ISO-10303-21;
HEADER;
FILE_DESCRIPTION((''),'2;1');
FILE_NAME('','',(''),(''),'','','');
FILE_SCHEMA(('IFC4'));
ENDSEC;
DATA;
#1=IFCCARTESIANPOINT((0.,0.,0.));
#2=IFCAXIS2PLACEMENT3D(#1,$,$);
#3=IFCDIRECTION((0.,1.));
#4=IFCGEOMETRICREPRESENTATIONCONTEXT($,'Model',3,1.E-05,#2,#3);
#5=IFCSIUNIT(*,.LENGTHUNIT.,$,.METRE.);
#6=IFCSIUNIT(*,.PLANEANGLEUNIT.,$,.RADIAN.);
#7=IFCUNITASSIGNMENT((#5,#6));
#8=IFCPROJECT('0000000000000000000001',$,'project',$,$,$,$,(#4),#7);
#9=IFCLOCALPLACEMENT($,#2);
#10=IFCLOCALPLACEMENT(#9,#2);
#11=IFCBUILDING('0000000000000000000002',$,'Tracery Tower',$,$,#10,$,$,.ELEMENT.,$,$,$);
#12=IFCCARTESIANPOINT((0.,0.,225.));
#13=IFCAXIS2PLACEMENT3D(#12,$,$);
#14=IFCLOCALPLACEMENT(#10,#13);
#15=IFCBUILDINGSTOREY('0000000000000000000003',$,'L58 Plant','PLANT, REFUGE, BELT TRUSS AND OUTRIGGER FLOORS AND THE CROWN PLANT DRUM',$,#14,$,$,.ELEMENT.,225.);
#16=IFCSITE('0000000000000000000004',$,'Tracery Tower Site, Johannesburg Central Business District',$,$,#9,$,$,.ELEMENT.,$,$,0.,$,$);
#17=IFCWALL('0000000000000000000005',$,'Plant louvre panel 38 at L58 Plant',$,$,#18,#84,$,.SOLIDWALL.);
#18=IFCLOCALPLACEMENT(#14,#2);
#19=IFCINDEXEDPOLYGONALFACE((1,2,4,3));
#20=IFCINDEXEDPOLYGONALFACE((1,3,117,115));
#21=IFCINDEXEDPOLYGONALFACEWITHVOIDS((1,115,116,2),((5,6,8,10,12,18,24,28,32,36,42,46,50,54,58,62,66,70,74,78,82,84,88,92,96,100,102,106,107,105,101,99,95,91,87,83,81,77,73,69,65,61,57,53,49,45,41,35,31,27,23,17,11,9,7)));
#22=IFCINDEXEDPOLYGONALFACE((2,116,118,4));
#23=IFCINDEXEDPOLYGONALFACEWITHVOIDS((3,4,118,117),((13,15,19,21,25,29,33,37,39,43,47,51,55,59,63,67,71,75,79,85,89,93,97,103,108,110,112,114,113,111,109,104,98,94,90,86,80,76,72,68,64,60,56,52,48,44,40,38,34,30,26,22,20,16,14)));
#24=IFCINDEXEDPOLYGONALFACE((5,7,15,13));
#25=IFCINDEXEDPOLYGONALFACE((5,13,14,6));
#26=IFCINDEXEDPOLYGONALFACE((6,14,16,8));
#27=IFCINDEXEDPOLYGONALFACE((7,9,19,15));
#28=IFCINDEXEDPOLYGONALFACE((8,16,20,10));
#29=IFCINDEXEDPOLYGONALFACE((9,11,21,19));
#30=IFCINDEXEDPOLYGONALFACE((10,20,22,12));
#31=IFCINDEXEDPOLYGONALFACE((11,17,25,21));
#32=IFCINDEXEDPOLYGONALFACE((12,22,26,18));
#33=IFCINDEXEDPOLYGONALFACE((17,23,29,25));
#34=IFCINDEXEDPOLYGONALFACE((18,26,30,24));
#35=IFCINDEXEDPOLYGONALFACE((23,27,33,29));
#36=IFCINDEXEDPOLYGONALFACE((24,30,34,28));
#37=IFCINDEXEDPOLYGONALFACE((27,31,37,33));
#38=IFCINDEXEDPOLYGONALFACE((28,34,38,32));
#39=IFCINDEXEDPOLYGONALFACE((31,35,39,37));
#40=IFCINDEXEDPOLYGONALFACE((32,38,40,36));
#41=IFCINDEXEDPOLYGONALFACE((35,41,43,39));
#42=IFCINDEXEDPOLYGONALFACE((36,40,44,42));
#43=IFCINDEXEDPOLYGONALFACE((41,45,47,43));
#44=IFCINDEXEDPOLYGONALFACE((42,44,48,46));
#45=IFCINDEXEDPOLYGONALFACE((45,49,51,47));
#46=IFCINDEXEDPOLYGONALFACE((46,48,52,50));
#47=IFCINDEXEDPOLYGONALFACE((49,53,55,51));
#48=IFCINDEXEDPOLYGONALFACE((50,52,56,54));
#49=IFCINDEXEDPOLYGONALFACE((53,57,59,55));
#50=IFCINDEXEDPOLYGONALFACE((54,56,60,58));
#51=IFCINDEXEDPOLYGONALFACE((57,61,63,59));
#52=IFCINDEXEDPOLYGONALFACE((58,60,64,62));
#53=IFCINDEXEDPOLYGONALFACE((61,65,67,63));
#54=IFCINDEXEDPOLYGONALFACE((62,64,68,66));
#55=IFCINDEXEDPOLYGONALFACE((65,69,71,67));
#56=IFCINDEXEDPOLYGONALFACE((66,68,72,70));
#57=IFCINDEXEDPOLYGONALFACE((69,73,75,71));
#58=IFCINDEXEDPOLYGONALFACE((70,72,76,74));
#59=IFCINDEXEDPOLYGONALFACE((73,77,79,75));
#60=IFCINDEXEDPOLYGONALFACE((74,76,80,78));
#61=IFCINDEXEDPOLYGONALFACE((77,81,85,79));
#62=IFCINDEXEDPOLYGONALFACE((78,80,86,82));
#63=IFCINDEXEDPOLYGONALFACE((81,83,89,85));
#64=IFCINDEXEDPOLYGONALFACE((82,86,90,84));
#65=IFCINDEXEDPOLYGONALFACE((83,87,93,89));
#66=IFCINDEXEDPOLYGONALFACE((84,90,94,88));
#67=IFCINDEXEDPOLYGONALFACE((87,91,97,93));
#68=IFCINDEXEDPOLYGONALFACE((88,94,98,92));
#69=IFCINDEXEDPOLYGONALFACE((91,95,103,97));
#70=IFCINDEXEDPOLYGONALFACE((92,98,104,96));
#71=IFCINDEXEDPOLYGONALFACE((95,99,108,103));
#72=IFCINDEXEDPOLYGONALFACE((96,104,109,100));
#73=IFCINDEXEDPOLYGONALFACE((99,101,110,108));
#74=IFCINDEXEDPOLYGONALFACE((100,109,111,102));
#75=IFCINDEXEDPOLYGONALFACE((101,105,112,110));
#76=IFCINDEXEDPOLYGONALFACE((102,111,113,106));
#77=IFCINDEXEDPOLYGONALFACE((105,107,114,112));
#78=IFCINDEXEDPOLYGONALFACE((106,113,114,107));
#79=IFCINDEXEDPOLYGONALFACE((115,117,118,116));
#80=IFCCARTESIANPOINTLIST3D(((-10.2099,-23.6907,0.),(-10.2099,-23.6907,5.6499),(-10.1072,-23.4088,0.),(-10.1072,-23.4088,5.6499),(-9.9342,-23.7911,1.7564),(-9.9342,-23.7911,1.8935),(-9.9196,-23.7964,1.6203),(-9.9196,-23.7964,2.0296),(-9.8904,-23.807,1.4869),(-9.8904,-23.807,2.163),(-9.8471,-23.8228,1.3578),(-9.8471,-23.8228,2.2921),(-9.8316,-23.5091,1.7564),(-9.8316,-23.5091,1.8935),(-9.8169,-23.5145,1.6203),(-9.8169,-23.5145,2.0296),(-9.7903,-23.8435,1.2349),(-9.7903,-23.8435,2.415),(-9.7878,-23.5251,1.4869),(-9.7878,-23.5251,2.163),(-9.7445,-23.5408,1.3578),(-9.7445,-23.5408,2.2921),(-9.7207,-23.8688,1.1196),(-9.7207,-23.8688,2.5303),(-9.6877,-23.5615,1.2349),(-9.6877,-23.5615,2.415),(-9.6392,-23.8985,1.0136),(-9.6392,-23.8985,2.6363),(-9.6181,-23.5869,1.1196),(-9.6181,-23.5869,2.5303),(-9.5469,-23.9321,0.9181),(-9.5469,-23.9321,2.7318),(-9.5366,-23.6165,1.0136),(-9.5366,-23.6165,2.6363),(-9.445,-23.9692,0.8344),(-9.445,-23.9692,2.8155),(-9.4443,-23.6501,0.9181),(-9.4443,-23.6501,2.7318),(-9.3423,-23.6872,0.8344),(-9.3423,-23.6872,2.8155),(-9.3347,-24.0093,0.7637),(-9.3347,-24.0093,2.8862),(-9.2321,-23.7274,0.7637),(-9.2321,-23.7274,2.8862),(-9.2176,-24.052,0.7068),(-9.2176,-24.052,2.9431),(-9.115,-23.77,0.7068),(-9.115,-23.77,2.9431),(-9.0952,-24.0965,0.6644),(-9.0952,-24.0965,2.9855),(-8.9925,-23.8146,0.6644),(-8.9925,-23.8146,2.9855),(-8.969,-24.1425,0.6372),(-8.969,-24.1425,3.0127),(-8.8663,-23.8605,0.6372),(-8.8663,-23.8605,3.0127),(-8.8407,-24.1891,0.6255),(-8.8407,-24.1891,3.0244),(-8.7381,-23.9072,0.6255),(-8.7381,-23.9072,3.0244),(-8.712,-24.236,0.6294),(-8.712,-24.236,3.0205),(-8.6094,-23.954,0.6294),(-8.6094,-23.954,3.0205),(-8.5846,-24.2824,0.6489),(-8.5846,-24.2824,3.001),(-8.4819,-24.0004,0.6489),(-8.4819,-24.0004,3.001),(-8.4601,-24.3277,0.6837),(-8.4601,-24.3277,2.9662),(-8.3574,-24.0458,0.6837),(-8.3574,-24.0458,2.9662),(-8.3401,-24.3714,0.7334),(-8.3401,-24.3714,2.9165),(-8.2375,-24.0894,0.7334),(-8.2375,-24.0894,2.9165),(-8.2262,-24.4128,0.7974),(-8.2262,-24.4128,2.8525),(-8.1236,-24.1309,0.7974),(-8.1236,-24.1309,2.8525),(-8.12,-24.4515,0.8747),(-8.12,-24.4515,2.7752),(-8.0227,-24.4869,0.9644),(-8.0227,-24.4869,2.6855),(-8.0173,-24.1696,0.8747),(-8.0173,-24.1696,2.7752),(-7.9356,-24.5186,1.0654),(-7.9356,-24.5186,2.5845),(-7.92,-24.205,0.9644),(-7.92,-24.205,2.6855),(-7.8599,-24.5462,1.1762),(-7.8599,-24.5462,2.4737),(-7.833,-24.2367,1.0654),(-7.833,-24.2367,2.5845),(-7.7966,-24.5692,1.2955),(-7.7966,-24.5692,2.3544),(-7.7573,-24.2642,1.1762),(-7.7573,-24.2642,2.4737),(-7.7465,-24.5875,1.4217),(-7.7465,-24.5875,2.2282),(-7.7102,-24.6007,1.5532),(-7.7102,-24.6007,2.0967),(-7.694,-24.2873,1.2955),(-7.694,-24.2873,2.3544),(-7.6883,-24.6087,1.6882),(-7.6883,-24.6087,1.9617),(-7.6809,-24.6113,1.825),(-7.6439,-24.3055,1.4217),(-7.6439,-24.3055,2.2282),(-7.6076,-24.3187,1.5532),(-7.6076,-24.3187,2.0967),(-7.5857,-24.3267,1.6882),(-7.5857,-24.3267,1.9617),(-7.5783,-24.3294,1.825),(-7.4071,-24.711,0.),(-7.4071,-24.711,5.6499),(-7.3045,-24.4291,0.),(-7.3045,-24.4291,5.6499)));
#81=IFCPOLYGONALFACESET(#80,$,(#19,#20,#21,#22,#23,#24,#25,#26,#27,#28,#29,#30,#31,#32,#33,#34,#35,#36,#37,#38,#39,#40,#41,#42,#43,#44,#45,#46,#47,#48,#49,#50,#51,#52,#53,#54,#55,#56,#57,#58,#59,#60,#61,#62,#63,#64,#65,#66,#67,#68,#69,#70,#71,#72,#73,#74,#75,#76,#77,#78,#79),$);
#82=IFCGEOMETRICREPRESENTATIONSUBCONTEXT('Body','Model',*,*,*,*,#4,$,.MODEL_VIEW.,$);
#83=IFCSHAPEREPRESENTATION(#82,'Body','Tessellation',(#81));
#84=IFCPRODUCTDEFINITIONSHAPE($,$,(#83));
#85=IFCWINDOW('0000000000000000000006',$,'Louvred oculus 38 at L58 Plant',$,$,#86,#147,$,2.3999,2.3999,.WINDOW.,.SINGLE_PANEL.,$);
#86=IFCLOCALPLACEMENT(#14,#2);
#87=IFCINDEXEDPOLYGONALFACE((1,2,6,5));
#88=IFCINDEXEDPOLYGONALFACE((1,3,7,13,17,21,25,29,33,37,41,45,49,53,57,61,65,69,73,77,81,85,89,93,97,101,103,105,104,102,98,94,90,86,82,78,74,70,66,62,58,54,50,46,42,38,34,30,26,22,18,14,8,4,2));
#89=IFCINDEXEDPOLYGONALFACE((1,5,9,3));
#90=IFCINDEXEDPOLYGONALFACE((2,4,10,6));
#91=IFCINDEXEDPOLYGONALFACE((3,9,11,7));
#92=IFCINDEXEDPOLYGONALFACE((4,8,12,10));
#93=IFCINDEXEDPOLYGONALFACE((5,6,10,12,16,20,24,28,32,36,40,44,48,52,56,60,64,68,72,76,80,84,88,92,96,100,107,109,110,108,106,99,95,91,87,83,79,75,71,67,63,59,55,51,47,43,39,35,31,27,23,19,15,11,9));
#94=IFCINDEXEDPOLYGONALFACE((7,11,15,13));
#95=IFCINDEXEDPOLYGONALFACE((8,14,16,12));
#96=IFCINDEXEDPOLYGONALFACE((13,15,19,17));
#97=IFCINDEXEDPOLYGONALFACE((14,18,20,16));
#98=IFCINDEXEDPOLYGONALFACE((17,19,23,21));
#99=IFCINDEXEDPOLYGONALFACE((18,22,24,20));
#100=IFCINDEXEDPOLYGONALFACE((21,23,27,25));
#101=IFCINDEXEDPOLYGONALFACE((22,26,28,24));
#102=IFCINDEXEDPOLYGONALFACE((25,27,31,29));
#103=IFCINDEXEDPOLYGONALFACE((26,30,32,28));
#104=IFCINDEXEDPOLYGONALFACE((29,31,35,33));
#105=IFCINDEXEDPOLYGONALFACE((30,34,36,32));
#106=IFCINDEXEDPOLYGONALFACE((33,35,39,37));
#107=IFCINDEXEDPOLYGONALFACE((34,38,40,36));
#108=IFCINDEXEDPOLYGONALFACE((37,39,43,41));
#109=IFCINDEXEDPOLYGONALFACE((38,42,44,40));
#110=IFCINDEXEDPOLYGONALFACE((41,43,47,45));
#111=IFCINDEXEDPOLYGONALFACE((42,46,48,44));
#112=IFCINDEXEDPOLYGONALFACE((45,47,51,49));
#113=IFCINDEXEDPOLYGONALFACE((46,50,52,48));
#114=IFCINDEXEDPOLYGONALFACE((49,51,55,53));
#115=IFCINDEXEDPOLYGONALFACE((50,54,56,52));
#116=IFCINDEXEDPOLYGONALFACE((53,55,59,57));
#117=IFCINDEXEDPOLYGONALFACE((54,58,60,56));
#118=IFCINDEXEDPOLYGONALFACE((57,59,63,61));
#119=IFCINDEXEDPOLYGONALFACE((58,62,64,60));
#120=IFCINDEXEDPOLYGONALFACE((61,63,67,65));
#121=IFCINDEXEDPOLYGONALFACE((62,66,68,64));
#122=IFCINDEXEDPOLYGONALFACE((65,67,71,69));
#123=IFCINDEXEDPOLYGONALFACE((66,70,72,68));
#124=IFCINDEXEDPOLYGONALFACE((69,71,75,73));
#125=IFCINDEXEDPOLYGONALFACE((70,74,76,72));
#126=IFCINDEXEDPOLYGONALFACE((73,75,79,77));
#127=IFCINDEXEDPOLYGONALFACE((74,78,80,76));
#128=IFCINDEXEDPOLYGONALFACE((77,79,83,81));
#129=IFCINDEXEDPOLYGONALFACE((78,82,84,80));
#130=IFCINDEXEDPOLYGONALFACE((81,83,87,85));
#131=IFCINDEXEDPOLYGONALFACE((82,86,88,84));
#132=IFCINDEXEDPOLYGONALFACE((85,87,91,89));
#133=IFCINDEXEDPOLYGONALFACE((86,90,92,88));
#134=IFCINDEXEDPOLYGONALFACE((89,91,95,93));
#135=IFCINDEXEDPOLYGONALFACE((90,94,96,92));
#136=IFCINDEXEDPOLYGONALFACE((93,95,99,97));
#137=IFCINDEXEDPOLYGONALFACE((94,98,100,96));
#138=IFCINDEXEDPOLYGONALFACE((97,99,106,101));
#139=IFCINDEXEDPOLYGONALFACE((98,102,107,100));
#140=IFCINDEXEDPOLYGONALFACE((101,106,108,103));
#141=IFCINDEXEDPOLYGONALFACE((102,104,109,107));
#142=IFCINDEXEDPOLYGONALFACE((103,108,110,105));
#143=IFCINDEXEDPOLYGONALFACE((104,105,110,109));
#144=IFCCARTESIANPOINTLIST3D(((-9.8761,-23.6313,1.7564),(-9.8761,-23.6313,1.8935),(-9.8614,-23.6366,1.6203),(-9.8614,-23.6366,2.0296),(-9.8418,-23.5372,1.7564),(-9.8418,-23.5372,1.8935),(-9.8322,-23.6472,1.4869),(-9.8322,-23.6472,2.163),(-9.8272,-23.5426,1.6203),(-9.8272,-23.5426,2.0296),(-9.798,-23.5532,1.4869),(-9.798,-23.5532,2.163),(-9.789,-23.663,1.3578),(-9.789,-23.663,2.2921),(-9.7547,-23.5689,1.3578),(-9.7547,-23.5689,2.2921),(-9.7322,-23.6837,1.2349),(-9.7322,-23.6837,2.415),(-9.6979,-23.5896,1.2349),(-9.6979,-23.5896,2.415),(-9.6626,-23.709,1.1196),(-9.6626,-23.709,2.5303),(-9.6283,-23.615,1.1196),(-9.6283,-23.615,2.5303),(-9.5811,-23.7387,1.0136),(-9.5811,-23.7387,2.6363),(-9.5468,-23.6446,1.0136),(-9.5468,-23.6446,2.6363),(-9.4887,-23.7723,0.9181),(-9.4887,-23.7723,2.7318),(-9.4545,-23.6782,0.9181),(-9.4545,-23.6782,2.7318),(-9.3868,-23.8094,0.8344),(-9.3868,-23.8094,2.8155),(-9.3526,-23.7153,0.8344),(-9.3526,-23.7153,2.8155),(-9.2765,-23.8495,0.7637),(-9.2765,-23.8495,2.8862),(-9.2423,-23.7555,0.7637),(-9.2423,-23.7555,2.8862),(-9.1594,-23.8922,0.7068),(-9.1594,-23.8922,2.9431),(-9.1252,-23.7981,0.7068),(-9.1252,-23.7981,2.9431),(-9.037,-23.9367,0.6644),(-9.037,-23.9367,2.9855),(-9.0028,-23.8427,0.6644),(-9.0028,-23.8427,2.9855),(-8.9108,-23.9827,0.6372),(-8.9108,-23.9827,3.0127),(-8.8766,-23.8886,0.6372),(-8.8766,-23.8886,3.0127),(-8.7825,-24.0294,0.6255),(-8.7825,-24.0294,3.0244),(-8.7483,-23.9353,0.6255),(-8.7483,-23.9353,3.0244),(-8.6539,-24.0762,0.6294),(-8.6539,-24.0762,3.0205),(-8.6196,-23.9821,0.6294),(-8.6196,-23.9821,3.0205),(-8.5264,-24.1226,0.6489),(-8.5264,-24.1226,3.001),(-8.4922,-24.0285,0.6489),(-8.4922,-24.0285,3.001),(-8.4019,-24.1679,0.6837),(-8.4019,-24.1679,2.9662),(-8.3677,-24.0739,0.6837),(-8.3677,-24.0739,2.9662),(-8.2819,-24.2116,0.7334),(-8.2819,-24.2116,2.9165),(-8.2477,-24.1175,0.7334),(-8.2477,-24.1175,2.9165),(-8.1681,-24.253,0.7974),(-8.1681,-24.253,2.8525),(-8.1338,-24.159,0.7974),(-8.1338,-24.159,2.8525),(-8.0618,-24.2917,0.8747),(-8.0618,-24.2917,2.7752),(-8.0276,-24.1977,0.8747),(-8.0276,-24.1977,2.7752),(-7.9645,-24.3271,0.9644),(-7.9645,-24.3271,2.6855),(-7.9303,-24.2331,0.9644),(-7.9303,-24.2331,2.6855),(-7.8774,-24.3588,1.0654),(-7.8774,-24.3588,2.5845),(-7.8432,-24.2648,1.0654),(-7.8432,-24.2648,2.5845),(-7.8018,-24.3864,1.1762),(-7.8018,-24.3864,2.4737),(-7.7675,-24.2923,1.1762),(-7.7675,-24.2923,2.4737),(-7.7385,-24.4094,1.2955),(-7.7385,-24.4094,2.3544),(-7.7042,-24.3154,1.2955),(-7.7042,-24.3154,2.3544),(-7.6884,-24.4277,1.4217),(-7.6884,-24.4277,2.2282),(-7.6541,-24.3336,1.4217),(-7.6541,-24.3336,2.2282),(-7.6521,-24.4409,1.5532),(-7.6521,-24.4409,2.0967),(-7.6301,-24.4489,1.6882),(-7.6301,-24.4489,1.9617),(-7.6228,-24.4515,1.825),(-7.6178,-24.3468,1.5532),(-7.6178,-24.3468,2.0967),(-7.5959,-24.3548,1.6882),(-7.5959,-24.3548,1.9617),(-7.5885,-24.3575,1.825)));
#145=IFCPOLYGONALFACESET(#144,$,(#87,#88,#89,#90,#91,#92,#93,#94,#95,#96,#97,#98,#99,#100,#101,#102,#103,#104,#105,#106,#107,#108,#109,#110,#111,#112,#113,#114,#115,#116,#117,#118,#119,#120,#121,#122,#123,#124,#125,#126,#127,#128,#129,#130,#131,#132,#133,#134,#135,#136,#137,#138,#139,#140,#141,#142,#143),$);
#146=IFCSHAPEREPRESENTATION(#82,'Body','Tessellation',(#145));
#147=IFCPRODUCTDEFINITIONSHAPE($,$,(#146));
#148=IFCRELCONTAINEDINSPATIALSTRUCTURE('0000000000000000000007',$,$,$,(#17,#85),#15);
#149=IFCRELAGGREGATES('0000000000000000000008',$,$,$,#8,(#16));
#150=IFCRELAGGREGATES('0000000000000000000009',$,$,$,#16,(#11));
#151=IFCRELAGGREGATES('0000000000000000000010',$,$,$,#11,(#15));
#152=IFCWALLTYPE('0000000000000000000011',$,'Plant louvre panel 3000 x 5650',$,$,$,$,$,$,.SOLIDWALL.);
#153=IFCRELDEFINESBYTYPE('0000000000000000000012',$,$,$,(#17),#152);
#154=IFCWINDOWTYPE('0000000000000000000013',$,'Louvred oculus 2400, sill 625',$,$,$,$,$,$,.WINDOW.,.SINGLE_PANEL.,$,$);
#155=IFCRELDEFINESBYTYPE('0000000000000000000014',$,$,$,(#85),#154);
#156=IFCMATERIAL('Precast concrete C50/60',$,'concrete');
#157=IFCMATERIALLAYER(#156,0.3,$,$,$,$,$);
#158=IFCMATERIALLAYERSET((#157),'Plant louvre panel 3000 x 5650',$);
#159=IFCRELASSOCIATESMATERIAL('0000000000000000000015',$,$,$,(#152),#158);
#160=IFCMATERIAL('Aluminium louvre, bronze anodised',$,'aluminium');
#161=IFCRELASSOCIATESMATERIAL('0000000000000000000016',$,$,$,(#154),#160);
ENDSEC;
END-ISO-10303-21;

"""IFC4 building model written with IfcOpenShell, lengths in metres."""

from ifc_helpers import new_model, si_unit, direction, frame, frame_2d, origin, origin_2d, place, context, subcontext, project, spatial, rectangle, circle, extrude, material, layer, layer_set, type_object, element, fill, save


model = new_model("IFC4")

# Units and contexts
model_context = context("Model", 3, precision=1e-05, world=origin(), true_north=direction((0.0, 1.0)))
body_context = subcontext(model_context, "Body", "Model", "MODEL_VIEW")
ifc_project = project(units=[si_unit("LENGTHUNIT", "METRE"), si_unit("PLANEANGLEUNIT", "RADIAN")], contexts=[model_context])

# Site, building, storey
site_placement = place(None, origin())
site = spatial("IfcSite", under=ifc_project, at=site_placement, Name="Tracery Tower Site, Johannesburg Central Business District", CompositionType="ELEMENT", RefElevation=0.0)
building_placement = place(site_placement, origin())
building = spatial("IfcBuilding", under=site, at=building_placement, Name="Tracery Tower", CompositionType="ELEMENT")
storey_placement = place(building_placement, frame((0.0, 0.0, 225.0)))
storey = spatial("IfcBuildingStorey", under=building, at=storey_placement, Name="L58 Plant", Description="PLANT, REFUGE, BELT TRUSS AND OUTRIGGER FLOORS AND THE CROWN PLANT DRUM", CompositionType="ELEMENT", Elevation=225.0)

# Wall, opening, window
ifc_material_1 = material(Name="Precast concrete C50/60", Category="concrete")
ifc_layer_1 = layer(ifc_material_1, 0.3)
ifc_layer_set_1 = layer_set([ifc_layer_1], Name="Plant louvre panel 3000 x 5650")
wall_type_1 = type_object("IfcWallType", Name="Plant louvre panel 3000 x 5650", PredefinedType="SOLIDWALL", material=ifc_layer_set_1)
wall_1_placement = place(storey_placement, frame((-10.1584, -23.5498, 0.0), z_axis=(0.0, 0.0, 1.0), x_axis=(0.939676, -0.342065, 0.0)))
wall_1 = element("IfcWall", 1, at=wall_1_placement, inside=storey, type_object=wall_type_1, Name="Plant louvre panel 38 at L58 Plant", PredefinedType="SOLIDWALL", context=body_context, shape_type="SweptSolid", body=[
    extrude(rectangle(XDim=2.9827, YDim=0.3, at=frame_2d((1.4912, 0.0))), origin(), (0.0, 0.0, 1.0), 5.6499),
])
opening_1_placement = place(wall_1_placement, frame((1.4912, 0.0, 1.825)))
opening_1 = element("IfcOpeningElement", 2, at=opening_1_placement, cuts=wall_1, PredefinedType="OPENING", context=body_context, shape_type="SweptSolid", body=[
    extrude(circle(Radius=1.2, at=origin_2d()), frame((0.0, 0.1599, 0.0), z_axis=(0.0, -1.0, 0.0), x_axis=(1.0, 0.0, 0.0)), (0.0, 0.0, 1.0), 0.3201),
])
ifc_material_2 = material(Name="Aluminium louvre, bronze anodised", Category="aluminium")
window_type = type_object("IfcWindowType", Name="Louvred oculus 2400, sill 625", PartitioningType="SINGLE_PANEL", PredefinedType="WINDOW", material=ifc_material_2)
window_1_placement = place(opening_1_placement, origin())
window_1 = element("IfcWindow", 3, at=window_1_placement, inside=storey, type_object=window_type, Name="Louvred oculus 38 at L58 Plant", OverallHeight=2.3999, OverallWidth=2.3999, PartitioningType="SINGLE_PANEL", PredefinedType="WINDOW", context=body_context, shape_type="SweptSolid", body=[
    extrude(circle(Radius=1.2, at=origin_2d()), frame((0.0, 0.1201, 0.0), z_axis=(0.0, -1.0, 0.0), x_axis=(1.0, 0.0, 0.0)), (0.0, 0.0, 1.0), 0.1001),
])
fill(opening_1, window_1)

save(model, "model.ifc")
